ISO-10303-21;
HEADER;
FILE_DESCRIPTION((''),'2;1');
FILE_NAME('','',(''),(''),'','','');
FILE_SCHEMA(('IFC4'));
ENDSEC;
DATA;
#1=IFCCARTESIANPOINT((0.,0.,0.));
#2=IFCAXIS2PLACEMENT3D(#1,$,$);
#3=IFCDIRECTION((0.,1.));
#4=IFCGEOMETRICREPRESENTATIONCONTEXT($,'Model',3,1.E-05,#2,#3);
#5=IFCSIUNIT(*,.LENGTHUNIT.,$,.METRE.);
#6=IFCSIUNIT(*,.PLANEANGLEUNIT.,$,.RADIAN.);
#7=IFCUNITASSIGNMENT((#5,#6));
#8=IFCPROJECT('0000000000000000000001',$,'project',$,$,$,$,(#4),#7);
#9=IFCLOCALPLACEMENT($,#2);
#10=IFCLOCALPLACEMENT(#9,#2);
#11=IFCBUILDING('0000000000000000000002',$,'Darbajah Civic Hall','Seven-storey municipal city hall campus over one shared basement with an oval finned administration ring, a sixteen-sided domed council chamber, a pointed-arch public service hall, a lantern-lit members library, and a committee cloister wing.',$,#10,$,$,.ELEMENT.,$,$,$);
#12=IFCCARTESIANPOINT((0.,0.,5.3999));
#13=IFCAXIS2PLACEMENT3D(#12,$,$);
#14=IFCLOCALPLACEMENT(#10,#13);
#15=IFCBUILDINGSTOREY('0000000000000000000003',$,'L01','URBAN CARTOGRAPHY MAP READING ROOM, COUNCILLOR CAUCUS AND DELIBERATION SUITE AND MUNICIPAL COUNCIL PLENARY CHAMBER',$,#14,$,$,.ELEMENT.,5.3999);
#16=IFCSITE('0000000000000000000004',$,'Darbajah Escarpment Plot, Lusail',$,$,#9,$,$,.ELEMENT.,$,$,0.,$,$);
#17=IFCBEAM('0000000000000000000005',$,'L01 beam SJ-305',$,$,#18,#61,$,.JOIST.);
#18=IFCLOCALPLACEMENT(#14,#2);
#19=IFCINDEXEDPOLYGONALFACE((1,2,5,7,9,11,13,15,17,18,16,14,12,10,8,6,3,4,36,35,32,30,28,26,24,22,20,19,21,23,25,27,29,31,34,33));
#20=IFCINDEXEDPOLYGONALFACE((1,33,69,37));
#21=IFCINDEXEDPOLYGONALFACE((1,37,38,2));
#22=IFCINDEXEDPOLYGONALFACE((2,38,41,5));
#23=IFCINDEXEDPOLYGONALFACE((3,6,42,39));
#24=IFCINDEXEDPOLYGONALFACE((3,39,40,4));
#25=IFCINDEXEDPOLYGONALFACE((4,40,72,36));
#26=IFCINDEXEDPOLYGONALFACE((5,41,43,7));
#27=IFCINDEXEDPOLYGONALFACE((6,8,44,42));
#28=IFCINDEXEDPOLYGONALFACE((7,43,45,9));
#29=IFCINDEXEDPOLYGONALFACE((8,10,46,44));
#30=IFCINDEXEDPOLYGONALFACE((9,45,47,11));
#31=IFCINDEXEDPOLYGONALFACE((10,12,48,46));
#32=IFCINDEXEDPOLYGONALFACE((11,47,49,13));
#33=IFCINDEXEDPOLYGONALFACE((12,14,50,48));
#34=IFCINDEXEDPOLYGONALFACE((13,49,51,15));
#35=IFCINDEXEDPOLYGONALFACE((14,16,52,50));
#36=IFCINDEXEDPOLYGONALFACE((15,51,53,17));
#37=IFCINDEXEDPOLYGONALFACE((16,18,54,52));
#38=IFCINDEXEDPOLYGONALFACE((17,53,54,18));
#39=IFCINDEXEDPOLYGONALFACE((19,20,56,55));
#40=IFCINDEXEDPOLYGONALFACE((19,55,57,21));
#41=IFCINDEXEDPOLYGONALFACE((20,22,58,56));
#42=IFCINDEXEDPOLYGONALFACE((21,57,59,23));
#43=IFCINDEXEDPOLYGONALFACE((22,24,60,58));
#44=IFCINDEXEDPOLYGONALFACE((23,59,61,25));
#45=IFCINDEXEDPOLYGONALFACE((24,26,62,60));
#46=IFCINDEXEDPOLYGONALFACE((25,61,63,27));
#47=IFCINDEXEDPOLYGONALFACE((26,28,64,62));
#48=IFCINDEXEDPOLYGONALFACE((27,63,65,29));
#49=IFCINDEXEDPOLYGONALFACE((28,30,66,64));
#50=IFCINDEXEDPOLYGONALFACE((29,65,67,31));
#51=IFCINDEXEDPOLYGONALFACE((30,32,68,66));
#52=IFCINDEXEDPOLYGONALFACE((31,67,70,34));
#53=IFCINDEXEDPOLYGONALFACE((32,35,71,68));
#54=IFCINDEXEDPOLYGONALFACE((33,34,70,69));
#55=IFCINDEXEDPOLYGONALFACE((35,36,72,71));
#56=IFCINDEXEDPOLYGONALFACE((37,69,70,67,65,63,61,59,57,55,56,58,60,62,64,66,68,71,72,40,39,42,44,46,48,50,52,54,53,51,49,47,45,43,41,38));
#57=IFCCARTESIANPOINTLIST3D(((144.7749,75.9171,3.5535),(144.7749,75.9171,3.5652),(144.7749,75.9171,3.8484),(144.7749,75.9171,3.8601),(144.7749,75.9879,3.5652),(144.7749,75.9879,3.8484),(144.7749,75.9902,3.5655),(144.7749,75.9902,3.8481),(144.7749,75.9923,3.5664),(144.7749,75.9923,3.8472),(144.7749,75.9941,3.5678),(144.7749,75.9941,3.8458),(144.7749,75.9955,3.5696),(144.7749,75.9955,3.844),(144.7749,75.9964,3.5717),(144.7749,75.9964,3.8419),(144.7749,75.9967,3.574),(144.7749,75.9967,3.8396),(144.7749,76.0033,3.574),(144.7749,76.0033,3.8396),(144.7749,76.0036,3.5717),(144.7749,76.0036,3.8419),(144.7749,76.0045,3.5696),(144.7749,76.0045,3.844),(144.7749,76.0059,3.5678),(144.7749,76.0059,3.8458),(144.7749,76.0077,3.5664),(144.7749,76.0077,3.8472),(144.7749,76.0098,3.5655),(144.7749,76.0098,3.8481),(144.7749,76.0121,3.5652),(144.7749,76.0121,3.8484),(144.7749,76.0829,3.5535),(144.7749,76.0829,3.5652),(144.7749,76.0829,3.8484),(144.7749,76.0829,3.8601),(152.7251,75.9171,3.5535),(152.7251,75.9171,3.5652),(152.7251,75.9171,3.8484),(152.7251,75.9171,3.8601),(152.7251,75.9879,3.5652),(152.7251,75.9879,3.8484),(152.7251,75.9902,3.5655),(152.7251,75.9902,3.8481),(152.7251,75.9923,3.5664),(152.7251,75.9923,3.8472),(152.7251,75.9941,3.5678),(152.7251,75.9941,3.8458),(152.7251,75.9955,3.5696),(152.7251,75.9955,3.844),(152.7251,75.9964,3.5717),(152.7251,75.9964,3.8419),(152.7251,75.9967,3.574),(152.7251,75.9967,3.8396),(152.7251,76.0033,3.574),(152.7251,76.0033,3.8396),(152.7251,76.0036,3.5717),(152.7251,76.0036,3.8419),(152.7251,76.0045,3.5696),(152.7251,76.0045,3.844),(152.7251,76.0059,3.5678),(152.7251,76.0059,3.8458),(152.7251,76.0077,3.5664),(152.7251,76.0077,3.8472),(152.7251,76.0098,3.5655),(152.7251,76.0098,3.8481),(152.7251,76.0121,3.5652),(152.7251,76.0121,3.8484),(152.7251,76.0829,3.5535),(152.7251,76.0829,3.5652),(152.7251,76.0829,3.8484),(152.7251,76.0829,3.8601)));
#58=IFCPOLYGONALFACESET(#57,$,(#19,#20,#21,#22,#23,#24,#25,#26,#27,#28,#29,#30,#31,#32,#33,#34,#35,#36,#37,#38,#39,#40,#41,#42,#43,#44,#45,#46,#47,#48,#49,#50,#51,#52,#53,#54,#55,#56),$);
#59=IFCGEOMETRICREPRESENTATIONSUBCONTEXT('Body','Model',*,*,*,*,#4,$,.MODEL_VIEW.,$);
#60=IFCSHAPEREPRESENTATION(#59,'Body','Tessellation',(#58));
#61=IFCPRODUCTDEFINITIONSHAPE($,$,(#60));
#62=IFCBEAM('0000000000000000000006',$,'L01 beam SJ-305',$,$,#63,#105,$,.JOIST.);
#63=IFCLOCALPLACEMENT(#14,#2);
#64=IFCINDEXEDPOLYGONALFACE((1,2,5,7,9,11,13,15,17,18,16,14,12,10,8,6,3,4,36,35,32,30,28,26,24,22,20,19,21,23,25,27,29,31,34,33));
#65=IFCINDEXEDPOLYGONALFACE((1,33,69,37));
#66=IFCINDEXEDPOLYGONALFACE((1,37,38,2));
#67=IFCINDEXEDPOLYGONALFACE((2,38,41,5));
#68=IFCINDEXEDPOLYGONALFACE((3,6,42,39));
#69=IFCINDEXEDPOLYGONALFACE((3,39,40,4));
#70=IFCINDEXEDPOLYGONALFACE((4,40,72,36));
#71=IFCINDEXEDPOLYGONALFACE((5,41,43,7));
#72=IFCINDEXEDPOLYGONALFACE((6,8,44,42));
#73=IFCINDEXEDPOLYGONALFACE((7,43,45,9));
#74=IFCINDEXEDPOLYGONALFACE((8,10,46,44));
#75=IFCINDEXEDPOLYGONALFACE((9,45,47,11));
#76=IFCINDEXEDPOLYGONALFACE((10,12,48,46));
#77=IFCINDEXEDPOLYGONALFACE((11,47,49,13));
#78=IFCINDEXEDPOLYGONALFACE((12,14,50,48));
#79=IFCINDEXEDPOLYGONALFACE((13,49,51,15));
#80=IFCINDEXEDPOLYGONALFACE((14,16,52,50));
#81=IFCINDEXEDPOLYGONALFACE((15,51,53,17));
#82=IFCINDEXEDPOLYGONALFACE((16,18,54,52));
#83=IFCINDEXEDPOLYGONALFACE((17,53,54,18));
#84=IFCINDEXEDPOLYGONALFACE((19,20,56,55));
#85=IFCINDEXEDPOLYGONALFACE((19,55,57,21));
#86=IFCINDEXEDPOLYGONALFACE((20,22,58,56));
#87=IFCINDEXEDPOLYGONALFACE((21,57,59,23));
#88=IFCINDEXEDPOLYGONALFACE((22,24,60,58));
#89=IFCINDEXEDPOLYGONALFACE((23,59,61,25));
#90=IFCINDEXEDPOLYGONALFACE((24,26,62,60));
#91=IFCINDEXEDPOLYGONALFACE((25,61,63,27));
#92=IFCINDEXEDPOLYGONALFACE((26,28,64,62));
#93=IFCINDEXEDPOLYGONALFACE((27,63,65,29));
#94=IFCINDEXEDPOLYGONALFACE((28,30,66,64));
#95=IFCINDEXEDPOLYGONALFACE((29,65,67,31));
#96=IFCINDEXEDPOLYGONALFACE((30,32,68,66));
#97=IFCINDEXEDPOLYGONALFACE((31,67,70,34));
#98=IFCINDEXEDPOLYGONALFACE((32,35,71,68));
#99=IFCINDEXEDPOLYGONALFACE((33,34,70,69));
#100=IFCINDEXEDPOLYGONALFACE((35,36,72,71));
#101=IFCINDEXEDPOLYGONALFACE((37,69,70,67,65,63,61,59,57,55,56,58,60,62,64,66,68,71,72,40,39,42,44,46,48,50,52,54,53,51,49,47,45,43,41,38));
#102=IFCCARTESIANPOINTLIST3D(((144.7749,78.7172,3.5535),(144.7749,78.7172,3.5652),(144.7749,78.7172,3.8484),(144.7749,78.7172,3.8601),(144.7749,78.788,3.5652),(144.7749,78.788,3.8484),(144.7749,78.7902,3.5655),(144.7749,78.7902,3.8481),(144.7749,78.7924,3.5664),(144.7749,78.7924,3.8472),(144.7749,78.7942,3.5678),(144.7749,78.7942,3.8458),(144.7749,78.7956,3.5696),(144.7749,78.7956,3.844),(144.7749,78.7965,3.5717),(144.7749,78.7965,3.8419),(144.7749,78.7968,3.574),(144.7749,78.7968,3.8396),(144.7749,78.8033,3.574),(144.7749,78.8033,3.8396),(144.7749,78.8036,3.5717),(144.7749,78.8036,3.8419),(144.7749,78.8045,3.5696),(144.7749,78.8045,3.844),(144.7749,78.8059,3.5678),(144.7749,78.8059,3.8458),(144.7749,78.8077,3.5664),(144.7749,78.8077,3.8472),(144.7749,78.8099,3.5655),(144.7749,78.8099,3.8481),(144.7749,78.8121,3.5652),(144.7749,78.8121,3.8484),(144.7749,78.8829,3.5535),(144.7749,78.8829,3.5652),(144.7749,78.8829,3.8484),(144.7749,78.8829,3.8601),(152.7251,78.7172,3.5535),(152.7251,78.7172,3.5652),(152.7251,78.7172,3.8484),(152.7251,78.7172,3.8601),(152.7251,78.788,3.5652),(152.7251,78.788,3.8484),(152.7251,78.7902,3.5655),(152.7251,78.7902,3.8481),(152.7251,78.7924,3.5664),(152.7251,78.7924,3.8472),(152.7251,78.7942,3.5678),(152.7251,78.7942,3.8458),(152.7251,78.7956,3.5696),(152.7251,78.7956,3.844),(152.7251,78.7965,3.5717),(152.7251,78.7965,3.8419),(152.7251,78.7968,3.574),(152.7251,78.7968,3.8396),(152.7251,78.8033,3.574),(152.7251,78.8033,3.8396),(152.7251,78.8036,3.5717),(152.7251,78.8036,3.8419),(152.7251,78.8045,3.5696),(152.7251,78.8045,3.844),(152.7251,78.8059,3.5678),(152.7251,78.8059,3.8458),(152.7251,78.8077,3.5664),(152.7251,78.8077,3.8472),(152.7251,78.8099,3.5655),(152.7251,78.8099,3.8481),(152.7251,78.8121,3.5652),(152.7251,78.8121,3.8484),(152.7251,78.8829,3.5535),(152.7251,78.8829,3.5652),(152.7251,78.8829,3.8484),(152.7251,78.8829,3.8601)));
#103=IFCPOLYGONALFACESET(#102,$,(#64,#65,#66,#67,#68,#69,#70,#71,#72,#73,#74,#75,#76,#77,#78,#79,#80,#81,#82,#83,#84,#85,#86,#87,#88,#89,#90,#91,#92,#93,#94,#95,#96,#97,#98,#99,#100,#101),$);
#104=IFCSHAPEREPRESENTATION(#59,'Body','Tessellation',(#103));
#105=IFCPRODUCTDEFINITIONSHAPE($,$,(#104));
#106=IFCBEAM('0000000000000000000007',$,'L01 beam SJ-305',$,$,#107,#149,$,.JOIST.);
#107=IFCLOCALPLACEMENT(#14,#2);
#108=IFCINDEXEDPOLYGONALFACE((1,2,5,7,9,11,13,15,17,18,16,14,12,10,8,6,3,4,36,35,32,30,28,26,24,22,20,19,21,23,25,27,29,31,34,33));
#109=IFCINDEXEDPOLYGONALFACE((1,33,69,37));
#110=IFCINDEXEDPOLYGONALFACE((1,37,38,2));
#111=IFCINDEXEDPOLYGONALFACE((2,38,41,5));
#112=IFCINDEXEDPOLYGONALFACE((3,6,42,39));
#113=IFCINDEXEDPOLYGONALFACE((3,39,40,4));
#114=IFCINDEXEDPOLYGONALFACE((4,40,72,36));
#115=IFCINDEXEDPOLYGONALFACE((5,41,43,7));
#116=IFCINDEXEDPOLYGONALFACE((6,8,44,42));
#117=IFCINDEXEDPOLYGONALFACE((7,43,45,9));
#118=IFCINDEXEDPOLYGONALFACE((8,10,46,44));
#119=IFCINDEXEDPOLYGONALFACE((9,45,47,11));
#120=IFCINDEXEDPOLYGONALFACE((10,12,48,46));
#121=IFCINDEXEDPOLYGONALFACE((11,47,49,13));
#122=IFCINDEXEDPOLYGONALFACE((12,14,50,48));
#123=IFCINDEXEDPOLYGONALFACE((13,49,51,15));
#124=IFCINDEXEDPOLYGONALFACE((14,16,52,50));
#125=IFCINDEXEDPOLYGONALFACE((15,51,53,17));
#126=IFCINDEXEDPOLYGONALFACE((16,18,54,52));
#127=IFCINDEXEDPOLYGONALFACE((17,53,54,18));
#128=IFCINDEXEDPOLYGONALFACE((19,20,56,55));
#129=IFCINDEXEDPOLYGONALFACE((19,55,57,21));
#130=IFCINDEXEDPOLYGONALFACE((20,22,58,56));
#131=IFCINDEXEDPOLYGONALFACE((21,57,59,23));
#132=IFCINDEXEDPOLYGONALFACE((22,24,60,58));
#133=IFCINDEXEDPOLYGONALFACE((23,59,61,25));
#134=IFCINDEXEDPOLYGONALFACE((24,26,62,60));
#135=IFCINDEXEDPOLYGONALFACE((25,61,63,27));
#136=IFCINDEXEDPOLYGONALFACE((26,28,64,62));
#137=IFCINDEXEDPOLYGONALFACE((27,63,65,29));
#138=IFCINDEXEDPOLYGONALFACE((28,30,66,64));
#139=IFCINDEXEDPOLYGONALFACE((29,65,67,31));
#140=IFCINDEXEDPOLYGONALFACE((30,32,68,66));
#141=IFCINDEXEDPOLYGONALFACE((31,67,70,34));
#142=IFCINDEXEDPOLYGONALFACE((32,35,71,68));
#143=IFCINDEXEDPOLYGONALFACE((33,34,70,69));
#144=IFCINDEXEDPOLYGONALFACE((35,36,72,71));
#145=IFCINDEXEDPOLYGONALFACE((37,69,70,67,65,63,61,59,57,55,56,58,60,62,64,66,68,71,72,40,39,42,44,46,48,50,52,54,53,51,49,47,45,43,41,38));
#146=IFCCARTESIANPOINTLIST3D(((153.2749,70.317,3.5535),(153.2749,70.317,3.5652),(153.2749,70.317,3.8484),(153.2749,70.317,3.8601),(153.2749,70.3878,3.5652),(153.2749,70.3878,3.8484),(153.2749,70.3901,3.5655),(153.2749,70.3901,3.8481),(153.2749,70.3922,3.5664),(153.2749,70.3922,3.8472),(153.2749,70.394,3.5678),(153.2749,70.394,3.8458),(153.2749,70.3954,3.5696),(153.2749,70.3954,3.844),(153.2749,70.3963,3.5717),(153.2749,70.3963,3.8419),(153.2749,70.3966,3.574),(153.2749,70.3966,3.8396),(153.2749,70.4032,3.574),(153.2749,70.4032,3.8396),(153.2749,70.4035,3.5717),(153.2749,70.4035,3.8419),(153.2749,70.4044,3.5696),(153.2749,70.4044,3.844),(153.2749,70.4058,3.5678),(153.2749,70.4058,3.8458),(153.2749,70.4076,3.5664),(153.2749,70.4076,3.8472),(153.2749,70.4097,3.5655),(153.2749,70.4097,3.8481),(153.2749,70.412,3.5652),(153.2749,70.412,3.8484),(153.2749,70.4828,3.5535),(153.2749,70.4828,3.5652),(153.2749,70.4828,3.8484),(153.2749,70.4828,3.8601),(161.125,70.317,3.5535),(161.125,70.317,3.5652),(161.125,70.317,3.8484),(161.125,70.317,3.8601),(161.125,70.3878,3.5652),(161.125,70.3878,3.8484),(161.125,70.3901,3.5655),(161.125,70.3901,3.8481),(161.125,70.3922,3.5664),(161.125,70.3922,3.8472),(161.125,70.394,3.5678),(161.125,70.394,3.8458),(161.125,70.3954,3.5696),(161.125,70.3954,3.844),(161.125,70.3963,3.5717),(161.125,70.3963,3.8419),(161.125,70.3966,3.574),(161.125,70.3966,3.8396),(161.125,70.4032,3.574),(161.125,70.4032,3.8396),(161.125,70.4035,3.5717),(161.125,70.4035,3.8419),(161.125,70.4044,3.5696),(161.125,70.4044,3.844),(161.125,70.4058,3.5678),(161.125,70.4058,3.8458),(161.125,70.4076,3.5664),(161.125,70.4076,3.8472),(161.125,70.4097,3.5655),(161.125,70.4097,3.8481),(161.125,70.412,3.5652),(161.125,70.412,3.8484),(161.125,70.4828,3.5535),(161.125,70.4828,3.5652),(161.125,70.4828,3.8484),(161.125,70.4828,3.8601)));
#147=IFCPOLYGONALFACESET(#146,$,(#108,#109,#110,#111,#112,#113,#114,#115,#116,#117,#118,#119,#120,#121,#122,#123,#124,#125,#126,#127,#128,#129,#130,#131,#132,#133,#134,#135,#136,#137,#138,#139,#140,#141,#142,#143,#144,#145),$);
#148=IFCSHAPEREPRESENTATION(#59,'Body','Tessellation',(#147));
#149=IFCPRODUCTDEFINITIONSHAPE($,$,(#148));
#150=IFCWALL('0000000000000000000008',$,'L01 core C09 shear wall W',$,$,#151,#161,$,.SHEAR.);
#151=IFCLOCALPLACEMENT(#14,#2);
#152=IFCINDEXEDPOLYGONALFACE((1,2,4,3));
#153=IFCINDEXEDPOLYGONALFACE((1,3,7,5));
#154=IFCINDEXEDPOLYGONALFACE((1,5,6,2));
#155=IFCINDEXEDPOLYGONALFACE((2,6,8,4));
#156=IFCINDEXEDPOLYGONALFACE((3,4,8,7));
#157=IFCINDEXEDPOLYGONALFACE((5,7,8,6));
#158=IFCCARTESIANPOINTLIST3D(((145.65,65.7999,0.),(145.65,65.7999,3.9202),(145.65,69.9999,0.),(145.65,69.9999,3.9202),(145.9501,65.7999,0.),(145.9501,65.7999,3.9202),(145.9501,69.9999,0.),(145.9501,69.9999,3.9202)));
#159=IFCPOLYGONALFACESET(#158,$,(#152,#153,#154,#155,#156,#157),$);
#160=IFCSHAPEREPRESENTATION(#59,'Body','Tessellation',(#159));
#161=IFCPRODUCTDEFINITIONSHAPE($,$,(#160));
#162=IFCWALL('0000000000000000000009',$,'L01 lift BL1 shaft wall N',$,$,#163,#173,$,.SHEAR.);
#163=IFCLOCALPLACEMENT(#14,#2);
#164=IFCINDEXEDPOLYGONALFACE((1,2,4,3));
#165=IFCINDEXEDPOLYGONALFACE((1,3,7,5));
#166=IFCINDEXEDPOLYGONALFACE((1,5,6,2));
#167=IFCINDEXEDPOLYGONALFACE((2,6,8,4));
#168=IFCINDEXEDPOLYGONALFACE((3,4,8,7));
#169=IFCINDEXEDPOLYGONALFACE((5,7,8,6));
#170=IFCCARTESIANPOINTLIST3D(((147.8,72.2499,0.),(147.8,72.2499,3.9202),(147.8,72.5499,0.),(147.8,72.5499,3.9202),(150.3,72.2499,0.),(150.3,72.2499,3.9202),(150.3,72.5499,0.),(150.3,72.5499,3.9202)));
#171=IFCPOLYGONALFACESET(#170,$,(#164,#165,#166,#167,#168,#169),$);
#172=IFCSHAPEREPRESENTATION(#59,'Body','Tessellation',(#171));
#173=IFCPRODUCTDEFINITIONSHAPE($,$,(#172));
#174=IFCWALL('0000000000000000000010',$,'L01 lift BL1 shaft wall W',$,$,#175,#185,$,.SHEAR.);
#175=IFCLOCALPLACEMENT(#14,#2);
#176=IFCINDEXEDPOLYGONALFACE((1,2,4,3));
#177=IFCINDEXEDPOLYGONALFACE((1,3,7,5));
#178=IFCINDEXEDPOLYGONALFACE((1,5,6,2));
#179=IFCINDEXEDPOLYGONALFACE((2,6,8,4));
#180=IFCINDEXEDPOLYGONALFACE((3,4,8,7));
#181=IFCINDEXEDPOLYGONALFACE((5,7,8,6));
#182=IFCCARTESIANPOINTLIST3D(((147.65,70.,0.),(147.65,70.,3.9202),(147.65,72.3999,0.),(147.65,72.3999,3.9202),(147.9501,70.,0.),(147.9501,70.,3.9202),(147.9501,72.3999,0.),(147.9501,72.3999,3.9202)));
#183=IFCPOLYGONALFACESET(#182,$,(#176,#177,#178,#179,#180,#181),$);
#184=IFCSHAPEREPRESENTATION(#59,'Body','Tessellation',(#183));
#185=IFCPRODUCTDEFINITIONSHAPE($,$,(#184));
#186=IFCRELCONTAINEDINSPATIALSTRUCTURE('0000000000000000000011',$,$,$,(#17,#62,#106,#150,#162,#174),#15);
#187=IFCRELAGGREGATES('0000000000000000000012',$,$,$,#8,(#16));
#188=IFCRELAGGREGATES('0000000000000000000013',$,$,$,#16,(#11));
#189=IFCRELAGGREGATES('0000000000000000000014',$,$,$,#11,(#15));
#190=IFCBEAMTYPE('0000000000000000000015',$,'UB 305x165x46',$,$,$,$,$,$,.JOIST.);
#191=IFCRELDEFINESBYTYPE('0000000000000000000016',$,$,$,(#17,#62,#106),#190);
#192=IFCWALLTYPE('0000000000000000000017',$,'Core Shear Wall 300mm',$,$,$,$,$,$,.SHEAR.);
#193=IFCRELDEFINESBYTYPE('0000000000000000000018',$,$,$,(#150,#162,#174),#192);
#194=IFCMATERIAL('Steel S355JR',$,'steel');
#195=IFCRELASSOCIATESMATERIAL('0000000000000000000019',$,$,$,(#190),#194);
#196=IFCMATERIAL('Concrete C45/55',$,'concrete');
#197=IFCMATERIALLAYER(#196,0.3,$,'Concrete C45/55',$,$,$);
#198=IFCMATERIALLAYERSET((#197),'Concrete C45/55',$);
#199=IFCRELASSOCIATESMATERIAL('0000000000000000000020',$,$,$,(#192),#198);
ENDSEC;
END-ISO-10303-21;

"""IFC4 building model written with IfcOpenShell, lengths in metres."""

from ifc_helpers import new_model, si_unit, direction, frame, frame_2d, origin, origin_2d, place, context, subcontext, project, spatial, rectangle, i_section, extrude, material, layer, layer_set, material_profile, profile_set, type_object, element, save


model = new_model("IFC4")

# Units and contexts
model_context = context("Model", 3, precision=1e-05, world=origin(), true_north=direction((0.0, 1.0)))
body_context = subcontext(model_context, "Body", "Model", "MODEL_VIEW")
ifc_project = project(units=[si_unit("LENGTHUNIT", "METRE"), si_unit("PLANEANGLEUNIT", "RADIAN")], contexts=[model_context])

# Site, building, storey
site_placement = place(None, origin())
site = spatial("IfcSite", under=ifc_project, at=site_placement, Name="Darbajah Escarpment Plot, Lusail", CompositionType="ELEMENT", RefElevation=0.0)
building_placement = place(site_placement, origin())
building = spatial("IfcBuilding", under=site, at=building_placement, Name="Darbajah Civic Hall", Description="Seven-storey municipal city hall campus over one shared basement with an oval finned administration ring, a sixteen-sided domed council chamber, a pointed-arch public service hall, a lantern-lit members library, and a committee cloister wing.", CompositionType="ELEMENT")
storey_placement = place(building_placement, frame((0.0, 0.0, 5.3999)))
storey = spatial("IfcBuildingStorey", under=building, at=storey_placement, Name="L01", Description="URBAN CARTOGRAPHY MAP READING ROOM, COUNCILLOR CAUCUS AND DELIBERATION SUITE AND MUNICIPAL COUNCIL PLENARY CHAMBER", CompositionType="ELEMENT", Elevation=5.3999)

# Beams
ifc_material_1 = material(Name="Concrete C45/55", Category="concrete")
ifc_material_2 = material(Name="Steel S355JR", Category="steel")
ifc_material_profile_1 = material_profile(ifc_material_2, i_section(OverallWidth=0.1658, OverallDepth=0.3066, WebThickness=0.0066, FlangeThickness=0.0117, FilletRadius=0.0088, at=origin_2d()), Name="UB 305x165x46")
ifc_profile_set_1 = profile_set([ifc_material_profile_1], Name="Steel S355JR")
beam_type_1 = type_object("IfcBeamType", Name="UB 305x165x46", PredefinedType="JOIST", material=ifc_profile_set_1)
for number, where, z_axis, x_axis, name in (
    (1, (144.7749, 76.0, 3.7068), (1.0, 0.0, 0.0), (0.0, 1.0, 0.0), "L01 beam SJ-305"),
    (2, (144.7749, 78.8, 3.7068), (1.0, 0.0, 0.0), (0.0, 1.0, 0.0), "L01 beam SJ-305"),
):
    element("IfcBeam", number, at=place(storey_placement, frame(where, z_axis=z_axis, x_axis=x_axis)), inside=storey, type_object=beam_type_1, Name=name, PredefinedType="JOIST", context=body_context, shape_type="SweptSolid", body=[
        extrude(i_section(OverallWidth=0.1658, OverallDepth=0.3066, WebThickness=0.0066, FlangeThickness=0.0117, FilletRadius=0.0088, at=origin_2d()), origin(), (0.0, 0.0, 1.0), 7.9502),
    ])
beam_1_placement = place(storey_placement, frame((153.2749, 70.3999, 3.7068), z_axis=(1.0, 0.0, 0.0), x_axis=(0.0, 1.0, 0.0)))
element("IfcBeam", 3, at=beam_1_placement, inside=storey, type_object=beam_type_1, Name="L01 beam SJ-305", PredefinedType="JOIST", context=body_context, shape_type="SweptSolid", body=[
    extrude(i_section(OverallWidth=0.1658, OverallDepth=0.3066, WebThickness=0.0066, FlangeThickness=0.0117, FilletRadius=0.0088, at=origin_2d()), origin(), (0.0, 0.0, 1.0), 7.8501),
])

# Walls
ifc_layer = layer(ifc_material_1, 0.3, Name="Concrete C45/55")
ifc_layer_set = layer_set([ifc_layer], Name="Concrete C45/55")
wall_type = type_object("IfcWallType", Name="Core Shear Wall 300mm", PredefinedType="SHEAR", material=ifc_layer_set)
wall_1_placement = place(storey_placement, frame((145.8, 70.0, 0.0), z_axis=(0.0, 0.0, 1.0), x_axis=(0.0, -1.0, 0.0)))
element("IfcWall", 4, at=wall_1_placement, inside=storey, type_object=wall_type, Name="L01 core C09 shear wall W", PredefinedType="SHEAR", context=body_context, shape_type="SweptSolid", body=[
    extrude(rectangle(XDim=4.2, YDim=0.3, at=frame_2d((2.1001, 0.0))), origin(), (0.0, 0.0, 1.0), 3.9202),
])
wall_2_placement = place(storey_placement, frame((150.3, 72.3999, 0.0), z_axis=(0.0, 0.0, 1.0), x_axis=(-1.0, 0.0, 0.0)))
element("IfcWall", 5, at=wall_2_placement, inside=storey, type_object=wall_type, Name="L01 lift BL1 shaft wall N", PredefinedType="SHEAR", context=body_context, shape_type="SweptSolid", body=[
    extrude(rectangle(XDim=2.5, YDim=0.3, at=frame_2d((1.25, 0.0))), origin(), (0.0, 0.0, 1.0), 3.9202),
])
wall_3_placement = place(storey_placement, frame((147.8, 72.3999, 0.0), z_axis=(0.0, 0.0, 1.0), x_axis=(0.0, -1.0, 0.0)))
element("IfcWall", 6, at=wall_3_placement, inside=storey, type_object=wall_type, Name="L01 lift BL1 shaft wall W", PredefinedType="SHEAR", context=body_context, shape_type="SweptSolid", body=[
    extrude(rectangle(XDim=2.3999, YDim=0.3, at=frame_2d((1.2, 0.0))), origin(), (0.0, 0.0, 1.0), 3.9202),
])

save(model, "model.ifc")
